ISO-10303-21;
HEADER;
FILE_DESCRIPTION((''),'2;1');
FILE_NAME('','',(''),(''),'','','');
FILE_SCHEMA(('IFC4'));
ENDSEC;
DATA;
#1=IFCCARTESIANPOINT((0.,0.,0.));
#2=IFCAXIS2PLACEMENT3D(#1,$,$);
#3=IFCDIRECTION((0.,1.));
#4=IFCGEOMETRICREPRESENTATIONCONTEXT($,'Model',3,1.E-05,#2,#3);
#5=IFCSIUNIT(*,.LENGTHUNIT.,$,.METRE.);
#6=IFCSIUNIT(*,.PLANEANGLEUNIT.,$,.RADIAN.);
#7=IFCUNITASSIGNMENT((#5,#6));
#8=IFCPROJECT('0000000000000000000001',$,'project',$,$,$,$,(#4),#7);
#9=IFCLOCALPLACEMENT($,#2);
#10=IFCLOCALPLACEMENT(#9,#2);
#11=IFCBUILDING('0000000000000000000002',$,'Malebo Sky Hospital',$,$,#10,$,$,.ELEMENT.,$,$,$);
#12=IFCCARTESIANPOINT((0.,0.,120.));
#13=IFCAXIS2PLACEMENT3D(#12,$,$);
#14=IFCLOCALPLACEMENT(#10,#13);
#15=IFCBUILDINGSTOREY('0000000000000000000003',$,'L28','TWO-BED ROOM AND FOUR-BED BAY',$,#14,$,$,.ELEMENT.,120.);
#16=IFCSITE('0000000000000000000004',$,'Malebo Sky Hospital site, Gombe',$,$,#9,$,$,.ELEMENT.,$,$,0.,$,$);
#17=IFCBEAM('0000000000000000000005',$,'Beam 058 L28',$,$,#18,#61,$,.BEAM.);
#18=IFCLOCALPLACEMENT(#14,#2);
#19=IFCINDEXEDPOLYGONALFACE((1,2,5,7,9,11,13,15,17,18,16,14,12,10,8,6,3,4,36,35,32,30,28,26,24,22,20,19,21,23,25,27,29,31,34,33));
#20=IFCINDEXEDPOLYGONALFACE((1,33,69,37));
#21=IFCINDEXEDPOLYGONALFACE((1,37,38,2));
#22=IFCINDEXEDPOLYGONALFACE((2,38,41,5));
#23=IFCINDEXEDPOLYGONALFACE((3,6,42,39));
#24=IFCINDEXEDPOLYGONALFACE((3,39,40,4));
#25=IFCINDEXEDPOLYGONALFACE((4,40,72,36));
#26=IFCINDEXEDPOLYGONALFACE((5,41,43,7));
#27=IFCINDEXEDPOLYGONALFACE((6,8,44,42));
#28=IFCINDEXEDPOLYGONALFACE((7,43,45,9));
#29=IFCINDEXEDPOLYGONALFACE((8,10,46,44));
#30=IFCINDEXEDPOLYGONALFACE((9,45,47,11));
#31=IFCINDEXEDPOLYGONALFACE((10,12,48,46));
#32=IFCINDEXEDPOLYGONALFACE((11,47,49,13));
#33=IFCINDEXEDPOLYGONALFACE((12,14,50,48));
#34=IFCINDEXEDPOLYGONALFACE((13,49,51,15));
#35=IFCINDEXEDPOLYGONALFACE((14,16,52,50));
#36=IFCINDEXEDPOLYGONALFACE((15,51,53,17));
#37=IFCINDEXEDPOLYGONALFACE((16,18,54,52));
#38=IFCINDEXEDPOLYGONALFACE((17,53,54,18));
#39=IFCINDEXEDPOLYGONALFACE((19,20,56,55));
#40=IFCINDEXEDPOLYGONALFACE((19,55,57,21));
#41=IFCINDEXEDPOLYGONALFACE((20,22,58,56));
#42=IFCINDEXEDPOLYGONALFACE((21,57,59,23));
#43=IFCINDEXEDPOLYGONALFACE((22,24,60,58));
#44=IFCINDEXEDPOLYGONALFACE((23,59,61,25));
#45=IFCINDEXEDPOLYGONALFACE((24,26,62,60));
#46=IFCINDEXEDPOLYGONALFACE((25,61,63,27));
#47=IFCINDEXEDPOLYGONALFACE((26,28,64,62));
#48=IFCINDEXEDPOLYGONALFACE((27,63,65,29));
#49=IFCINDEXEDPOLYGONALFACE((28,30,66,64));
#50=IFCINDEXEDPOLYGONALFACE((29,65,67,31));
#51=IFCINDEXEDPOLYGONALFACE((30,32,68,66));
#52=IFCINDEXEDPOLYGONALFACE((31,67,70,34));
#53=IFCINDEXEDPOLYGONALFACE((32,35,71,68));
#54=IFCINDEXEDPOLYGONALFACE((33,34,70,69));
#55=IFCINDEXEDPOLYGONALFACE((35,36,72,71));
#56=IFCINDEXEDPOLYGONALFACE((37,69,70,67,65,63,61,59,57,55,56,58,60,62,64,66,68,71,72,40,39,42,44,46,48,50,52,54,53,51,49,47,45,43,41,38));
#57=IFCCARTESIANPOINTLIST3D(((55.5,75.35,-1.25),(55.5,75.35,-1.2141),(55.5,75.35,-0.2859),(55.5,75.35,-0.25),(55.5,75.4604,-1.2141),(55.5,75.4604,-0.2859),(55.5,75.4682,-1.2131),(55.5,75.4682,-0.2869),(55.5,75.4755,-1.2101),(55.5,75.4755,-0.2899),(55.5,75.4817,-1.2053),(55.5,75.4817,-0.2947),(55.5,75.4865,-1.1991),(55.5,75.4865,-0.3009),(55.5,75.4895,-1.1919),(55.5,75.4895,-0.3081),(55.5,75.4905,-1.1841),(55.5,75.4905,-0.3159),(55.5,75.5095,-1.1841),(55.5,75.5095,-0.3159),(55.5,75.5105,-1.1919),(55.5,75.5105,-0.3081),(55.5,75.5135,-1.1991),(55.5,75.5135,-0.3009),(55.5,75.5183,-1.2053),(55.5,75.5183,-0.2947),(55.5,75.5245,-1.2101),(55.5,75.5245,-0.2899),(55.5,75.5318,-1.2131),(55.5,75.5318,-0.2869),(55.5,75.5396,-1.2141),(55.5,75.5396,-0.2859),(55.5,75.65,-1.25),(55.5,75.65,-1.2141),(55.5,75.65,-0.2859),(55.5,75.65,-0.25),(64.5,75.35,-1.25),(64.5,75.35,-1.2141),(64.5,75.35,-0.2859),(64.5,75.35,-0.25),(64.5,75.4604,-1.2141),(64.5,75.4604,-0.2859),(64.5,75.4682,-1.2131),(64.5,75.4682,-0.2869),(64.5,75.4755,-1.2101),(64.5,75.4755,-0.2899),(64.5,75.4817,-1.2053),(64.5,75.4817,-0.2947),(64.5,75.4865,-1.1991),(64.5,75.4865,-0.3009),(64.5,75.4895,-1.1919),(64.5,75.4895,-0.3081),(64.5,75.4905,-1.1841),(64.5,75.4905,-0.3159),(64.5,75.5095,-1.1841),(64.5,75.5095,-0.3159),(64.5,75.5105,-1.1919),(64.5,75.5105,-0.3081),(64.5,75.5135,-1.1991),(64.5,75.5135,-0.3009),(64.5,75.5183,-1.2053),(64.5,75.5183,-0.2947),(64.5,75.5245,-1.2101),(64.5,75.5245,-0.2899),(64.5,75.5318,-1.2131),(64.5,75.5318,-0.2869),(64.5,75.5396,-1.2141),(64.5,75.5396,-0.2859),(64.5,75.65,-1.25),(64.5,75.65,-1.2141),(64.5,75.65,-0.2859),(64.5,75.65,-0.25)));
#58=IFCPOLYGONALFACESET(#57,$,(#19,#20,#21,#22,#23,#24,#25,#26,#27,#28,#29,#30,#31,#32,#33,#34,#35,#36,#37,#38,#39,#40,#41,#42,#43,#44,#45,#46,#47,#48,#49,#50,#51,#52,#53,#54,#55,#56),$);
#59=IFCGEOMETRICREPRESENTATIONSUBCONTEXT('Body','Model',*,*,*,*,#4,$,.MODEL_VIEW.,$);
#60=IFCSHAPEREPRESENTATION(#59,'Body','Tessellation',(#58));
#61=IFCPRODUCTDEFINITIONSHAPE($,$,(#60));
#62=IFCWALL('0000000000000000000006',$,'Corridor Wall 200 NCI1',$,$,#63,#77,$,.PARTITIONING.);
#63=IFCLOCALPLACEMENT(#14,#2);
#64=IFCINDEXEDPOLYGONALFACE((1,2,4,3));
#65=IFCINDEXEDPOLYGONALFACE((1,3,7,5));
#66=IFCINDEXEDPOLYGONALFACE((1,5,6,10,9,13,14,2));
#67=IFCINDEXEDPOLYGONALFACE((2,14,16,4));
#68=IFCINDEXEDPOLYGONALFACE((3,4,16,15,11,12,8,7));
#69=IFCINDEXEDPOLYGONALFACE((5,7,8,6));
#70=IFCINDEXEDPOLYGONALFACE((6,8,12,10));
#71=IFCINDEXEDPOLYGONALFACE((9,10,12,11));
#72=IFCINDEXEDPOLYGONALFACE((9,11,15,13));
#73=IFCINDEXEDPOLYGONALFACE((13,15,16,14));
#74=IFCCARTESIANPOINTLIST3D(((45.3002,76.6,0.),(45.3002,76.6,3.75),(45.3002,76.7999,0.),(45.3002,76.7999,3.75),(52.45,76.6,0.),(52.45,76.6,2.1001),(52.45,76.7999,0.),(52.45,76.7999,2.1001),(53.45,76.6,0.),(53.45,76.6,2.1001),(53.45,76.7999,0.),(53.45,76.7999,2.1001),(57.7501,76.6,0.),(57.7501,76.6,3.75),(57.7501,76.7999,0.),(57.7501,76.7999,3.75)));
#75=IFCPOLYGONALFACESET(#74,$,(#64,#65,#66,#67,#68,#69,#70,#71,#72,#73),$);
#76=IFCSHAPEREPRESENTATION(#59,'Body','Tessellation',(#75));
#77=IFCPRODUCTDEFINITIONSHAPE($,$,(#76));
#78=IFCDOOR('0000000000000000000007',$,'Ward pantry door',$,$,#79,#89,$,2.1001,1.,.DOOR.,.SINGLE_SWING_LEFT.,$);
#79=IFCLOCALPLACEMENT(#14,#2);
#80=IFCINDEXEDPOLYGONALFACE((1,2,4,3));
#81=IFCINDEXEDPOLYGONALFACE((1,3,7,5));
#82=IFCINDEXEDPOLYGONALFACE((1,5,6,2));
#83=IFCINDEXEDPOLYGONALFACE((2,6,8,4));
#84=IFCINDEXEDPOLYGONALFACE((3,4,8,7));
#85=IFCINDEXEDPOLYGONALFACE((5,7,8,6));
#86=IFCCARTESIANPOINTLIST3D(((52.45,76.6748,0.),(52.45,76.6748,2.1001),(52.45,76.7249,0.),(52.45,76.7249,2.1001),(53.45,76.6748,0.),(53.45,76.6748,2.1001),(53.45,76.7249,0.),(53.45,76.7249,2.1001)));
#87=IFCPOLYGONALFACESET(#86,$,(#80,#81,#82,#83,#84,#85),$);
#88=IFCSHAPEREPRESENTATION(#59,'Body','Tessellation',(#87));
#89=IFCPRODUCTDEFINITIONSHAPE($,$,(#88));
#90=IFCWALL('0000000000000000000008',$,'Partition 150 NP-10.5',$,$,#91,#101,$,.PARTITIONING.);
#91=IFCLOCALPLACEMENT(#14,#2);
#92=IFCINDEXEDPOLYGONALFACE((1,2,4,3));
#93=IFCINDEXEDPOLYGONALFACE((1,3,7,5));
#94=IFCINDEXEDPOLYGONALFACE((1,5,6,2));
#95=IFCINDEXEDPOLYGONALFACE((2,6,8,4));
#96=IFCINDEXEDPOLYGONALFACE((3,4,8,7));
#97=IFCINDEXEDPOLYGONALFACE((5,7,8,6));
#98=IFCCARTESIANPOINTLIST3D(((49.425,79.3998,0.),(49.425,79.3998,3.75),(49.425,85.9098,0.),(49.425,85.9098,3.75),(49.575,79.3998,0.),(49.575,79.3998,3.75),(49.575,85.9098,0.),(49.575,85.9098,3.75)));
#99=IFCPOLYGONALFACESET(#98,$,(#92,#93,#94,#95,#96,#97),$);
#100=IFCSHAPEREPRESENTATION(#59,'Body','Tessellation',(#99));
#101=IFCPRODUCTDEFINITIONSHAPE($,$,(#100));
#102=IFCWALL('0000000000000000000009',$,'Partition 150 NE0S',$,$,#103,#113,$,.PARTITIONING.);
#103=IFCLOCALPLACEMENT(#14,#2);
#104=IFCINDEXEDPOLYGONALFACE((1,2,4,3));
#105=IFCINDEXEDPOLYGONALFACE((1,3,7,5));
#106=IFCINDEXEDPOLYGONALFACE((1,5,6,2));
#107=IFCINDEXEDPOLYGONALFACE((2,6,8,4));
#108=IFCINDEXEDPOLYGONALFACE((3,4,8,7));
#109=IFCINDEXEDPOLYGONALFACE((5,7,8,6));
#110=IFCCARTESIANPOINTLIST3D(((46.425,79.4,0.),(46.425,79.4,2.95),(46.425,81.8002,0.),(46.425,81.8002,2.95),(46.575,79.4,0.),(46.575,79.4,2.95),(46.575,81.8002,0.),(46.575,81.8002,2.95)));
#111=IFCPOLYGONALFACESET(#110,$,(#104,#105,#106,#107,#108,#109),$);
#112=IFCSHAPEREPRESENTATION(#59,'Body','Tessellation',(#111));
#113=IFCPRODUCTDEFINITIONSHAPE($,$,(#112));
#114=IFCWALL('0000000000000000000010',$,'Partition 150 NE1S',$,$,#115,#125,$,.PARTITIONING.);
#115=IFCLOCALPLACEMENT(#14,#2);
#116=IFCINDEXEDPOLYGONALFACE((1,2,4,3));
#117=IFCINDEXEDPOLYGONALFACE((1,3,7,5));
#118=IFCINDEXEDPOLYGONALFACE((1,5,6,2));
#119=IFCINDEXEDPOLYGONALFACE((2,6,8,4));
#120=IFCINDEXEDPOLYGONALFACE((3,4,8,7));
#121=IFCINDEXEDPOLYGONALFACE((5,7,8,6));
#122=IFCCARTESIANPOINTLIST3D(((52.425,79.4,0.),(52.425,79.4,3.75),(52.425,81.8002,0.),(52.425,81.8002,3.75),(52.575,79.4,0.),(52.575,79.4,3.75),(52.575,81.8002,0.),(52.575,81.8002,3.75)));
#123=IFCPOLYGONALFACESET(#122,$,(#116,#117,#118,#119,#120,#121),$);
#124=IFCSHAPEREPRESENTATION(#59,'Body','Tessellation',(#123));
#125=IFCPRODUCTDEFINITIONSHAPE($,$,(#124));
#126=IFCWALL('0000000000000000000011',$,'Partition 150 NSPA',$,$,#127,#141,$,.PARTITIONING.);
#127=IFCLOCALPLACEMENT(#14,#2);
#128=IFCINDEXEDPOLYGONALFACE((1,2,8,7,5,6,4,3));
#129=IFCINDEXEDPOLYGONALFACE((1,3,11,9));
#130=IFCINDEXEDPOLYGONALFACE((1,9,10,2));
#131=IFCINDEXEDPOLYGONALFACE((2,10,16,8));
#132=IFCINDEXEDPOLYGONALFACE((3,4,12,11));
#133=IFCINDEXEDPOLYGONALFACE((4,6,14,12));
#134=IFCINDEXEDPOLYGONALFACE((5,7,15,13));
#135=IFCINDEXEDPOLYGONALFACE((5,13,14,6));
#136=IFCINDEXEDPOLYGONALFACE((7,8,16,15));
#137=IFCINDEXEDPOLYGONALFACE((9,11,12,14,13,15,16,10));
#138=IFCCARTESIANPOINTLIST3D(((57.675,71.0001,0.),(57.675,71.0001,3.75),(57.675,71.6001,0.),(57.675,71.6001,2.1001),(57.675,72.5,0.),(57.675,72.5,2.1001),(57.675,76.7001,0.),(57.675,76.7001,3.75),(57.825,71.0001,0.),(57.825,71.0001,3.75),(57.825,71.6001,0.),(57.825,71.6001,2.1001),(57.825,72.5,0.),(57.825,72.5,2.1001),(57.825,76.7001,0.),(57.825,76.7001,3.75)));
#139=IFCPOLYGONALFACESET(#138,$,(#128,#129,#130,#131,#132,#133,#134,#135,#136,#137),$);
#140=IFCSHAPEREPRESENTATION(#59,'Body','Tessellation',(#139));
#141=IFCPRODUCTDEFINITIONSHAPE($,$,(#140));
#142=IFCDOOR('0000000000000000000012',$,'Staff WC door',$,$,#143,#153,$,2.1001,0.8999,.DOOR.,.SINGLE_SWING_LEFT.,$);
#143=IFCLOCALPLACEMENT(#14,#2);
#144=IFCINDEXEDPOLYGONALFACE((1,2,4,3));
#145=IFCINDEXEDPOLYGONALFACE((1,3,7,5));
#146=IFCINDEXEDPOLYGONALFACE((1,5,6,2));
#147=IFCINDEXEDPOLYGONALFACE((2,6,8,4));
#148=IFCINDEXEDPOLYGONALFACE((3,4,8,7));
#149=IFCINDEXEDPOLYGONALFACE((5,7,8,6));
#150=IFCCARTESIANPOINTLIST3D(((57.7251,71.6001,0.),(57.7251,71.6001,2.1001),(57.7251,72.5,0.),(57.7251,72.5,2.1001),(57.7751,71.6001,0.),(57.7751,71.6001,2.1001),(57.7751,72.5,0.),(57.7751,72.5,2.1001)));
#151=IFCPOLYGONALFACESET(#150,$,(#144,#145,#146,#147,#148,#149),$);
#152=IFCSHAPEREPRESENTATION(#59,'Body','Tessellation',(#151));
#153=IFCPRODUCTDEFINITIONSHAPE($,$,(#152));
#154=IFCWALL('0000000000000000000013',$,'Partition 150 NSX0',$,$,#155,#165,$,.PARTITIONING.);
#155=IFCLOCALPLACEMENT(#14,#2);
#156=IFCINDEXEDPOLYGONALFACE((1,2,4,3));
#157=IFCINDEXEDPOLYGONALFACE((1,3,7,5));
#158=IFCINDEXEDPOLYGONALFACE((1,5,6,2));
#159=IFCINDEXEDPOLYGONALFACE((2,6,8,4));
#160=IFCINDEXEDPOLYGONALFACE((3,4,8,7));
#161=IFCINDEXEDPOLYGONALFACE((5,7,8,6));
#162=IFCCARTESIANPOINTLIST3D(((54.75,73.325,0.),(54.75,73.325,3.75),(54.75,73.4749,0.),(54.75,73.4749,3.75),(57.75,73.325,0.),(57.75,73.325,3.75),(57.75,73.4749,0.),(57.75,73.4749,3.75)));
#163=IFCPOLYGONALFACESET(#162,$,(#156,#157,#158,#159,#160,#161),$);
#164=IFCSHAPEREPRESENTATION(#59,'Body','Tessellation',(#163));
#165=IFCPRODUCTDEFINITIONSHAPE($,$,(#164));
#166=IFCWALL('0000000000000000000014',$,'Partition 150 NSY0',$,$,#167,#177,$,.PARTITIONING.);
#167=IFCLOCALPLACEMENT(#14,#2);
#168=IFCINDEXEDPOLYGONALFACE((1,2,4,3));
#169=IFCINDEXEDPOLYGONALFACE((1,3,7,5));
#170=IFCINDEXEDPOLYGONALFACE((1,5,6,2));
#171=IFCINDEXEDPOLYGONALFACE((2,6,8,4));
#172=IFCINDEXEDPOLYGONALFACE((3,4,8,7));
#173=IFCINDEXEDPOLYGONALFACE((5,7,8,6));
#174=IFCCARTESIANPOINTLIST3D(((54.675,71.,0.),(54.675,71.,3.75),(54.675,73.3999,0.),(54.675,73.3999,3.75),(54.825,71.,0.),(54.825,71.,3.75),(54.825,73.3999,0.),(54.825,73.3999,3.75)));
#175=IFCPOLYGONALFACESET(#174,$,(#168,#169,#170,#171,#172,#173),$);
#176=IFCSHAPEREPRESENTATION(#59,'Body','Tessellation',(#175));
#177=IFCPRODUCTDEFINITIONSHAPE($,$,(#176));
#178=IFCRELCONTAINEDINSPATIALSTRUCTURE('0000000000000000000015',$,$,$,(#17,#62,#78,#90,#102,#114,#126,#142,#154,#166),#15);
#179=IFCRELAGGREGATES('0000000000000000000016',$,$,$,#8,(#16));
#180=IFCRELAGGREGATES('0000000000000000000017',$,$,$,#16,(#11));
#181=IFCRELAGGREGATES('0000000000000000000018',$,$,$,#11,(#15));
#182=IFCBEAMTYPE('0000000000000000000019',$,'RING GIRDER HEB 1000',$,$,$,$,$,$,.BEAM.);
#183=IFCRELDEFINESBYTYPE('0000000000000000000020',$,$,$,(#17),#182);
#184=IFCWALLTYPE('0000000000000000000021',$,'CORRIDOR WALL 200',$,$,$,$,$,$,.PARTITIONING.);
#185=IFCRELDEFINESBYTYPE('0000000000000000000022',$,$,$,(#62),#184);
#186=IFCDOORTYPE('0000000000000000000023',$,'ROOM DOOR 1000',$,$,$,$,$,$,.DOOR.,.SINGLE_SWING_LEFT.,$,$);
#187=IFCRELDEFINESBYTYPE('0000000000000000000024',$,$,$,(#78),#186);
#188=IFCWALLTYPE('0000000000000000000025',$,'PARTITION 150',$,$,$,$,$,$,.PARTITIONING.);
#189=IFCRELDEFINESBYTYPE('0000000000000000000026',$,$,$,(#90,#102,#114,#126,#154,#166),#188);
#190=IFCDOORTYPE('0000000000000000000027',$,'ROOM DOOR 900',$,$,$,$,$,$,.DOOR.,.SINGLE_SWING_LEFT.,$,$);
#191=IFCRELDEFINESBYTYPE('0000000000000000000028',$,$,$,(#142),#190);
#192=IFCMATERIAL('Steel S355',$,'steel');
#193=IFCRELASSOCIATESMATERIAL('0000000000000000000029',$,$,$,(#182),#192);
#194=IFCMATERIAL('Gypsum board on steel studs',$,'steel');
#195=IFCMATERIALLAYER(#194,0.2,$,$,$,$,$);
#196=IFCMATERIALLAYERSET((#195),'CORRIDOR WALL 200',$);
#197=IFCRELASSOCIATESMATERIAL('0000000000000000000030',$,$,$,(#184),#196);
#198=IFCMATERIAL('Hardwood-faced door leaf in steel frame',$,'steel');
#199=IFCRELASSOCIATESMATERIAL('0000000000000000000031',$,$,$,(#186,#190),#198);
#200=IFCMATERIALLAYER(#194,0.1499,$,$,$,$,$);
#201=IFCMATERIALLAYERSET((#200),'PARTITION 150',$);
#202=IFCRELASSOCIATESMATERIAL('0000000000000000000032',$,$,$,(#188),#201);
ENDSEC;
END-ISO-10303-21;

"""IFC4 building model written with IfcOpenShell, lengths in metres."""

from ifc_helpers import new_model, si_unit, direction, frame, frame_2d, origin, origin_2d, place, context, subcontext, project, spatial, rectangle, i_section, extrude, material, layer, layer_set, material_profile, profile_set, type_object, element, fill, save


model = new_model("IFC4")

# Units and contexts
model_context = context("Model", 3, precision=1e-05, world=origin(), true_north=direction((0.0, 1.0)))
body_context = subcontext(model_context, "Body", "Model", "MODEL_VIEW")
ifc_project = project(units=[si_unit("LENGTHUNIT", "METRE"), si_unit("PLANEANGLEUNIT", "RADIAN")], contexts=[model_context])

# Site, building, storey
site_placement = place(None, origin())
site = spatial("IfcSite", under=ifc_project, at=site_placement, Name="Malebo Sky Hospital site, Gombe", CompositionType="ELEMENT", RefElevation=0.0)
building_placement = place(site_placement, origin())
building = spatial("IfcBuilding", under=site, at=building_placement, Name="Malebo Sky Hospital", CompositionType="ELEMENT")
storey_placement = place(building_placement, frame((0.0, 0.0, 120.0)))
storey = spatial("IfcBuildingStorey", under=building, at=storey_placement, Name="L28", Description="TWO-BED ROOM AND FOUR-BED BAY", CompositionType="ELEMENT", Elevation=120.0)

# Beam
ifc_material_1 = material(Name="Steel S355", Category="steel")
ifc_material_profile_1 = material_profile(ifc_material_1, i_section(OverallWidth=0.3, OverallDepth=1.0, WebThickness=0.019, FlangeThickness=0.0359, FilletRadius=0.03, at=origin_2d()), Name="HEB 1000")
ifc_profile_set_1 = profile_set([ifc_material_profile_1], Name="Steel S355")
beam_type_1 = type_object("IfcBeamType", Name="RING GIRDER HEB 1000", PredefinedType="BEAM", material=ifc_profile_set_1)
beam_1_placement = place(storey_placement, frame((55.5, 75.5, -0.75), z_axis=(1.0, 0.0, 0.0), x_axis=(0.0, 1.0, 0.0)))
element("IfcBeam", 1, at=beam_1_placement, inside=storey, type_object=beam_type_1, Name="Beam 058 L28", PredefinedType="BEAM", context=body_context, shape_type="SweptSolid", body=[
    extrude(i_section(OverallWidth=0.3, OverallDepth=1.0, WebThickness=0.019, FlangeThickness=0.0359, FilletRadius=0.03, at=origin_2d()), origin(), (0.0, 0.0, 1.0), 9.0),
])

# Wall, opening, door
ifc_material_2 = material(Name="Gypsum board on steel studs", Category="steel")
ifc_layer_1 = layer(ifc_material_2, 0.2)
ifc_layer_set_1 = layer_set([ifc_layer_1], Name="CORRIDOR WALL 200")
wall_type_1 = type_object("IfcWallType", Name="CORRIDOR WALL 200", PredefinedType="PARTITIONING", material=ifc_layer_set_1)
wall_1_placement = place(storey_placement, frame((45.3, 76.7, 0.0), z_axis=(0.0, 0.0, 1.0), x_axis=(1.0, 0.0, 0.0)))
wall_1 = element("IfcWall", 2, at=wall_1_placement, inside=storey, type_object=wall_type_1, Name="Corridor Wall 200 NCI1", PredefinedType="PARTITIONING", context=body_context, shape_type="SweptSolid", body=[
    extrude(rectangle(XDim=12.45, YDim=0.2, at=frame_2d((6.2251, 0.0))), origin(), (0.0, 0.0, 1.0), 3.75),
])
opening_1_placement = place(wall_1_placement, frame((7.1499, 0.0, 0.0)))
opening_1 = element("IfcOpeningElement", 3, at=opening_1_placement, cuts=wall_1, PredefinedType="OPENING", context=body_context, shape_type="SweptSolid", body=[
    extrude(rectangle(XDim=1.0, YDim=2.1001, at=frame_2d((0.5, 1.05))), frame((0.0, 0.1099, 0.0), z_axis=(0.0, -1.0, 0.0), x_axis=(1.0, 0.0, 0.0)), (0.0, 0.0, 1.0), 0.22),
])
ifc_material_3 = material(Name="Hardwood-faced door leaf in steel frame", Category="steel")
door_type_1 = type_object("IfcDoorType", Name="ROOM DOOR 1000", OperationType="SINGLE_SWING_LEFT", PredefinedType="DOOR", material=ifc_material_3)
door_1_placement = place(opening_1_placement, origin())
door_1 = element("IfcDoor", 4, at=door_1_placement, inside=storey, type_object=door_type_1, Name="Ward pantry door", OperationType="SINGLE_SWING_LEFT", OverallHeight=2.1001, OverallWidth=1.0, PredefinedType="DOOR", context=body_context, shape_type="SweptSolid", body=[
    extrude(rectangle(XDim=1.0, YDim=2.1001, at=frame_2d((0.5, 1.05))), frame((0.0, 0.0249, 0.0), z_axis=(0.0, -1.0, 0.0), x_axis=(1.0, 0.0, 0.0)), (0.0, 0.0, 1.0), 0.05),
])
fill(opening_1, door_1)

# Walls
ifc_layer_2 = layer(ifc_material_2, 0.1499)
ifc_layer_set_2 = layer_set([ifc_layer_2], Name="PARTITION 150")
wall_type_2 = type_object("IfcWallType", Name="PARTITION 150", PredefinedType="PARTITIONING", material=ifc_layer_set_2)
wall_2_placement = place(storey_placement, frame((49.5, 79.3999, 0.0), z_axis=(0.0, 0.0, 1.0), x_axis=(0.0, 1.0, 0.0)))
element("IfcWall", 5, at=wall_2_placement, inside=storey, type_object=wall_type_2, Name="Partition 150 NP-10.5", PredefinedType="PARTITIONING", context=body_context, shape_type="SweptSolid", body=[
    extrude(rectangle(XDim=6.51, YDim=0.1499, at=frame_2d((3.2549, 0.0))), origin(), (0.0, 0.0, 1.0), 3.75),
])
wall_3_placement = place(storey_placement, frame((46.5, 79.3999, 0.0), z_axis=(0.0, 0.0, 1.0), x_axis=(0.0, 1.0, 0.0)))
element("IfcWall", 6, at=wall_3_placement, inside=storey, type_object=wall_type_2, Name="Partition 150 NE0S", PredefinedType="PARTITIONING", context=body_context, shape_type="SweptSolid", body=[
    extrude(rectangle(XDim=2.4001, YDim=0.1499, at=frame_2d((1.2002, 0.0))), origin(), (0.0, 0.0, 1.0), 2.95),
])
wall_4_placement = place(storey_placement, frame((52.5, 79.3999, 0.0), z_axis=(0.0, 0.0, 1.0), x_axis=(0.0, 1.0, 0.0)))
element("IfcWall", 7, at=wall_4_placement, inside=storey, type_object=wall_type_2, Name="Partition 150 NE1S", PredefinedType="PARTITIONING", context=body_context, shape_type="SweptSolid", body=[
    extrude(rectangle(XDim=2.4001, YDim=0.1499, at=frame_2d((1.2002, 0.0))), origin(), (0.0, 0.0, 1.0), 3.75),
])

# Wall, opening, door
wall_5_placement = place(storey_placement, frame((57.75, 71.0, 0.0), z_axis=(0.0, 0.0, 1.0), x_axis=(0.0, 1.0, 0.0)))
wall_5 = element("IfcWall", 8, at=wall_5_placement, inside=storey, type_object=wall_type_2, Name="Partition 150 NSPA", PredefinedType="PARTITIONING", context=body_context, shape_type="SweptSolid", body=[
    extrude(rectangle(XDim=5.7, YDim=0.1499, at=frame_2d((2.8501, 0.0))), origin(), (0.0, 0.0, 1.0), 3.75),
])
opening_2_placement = place(wall_5_placement, frame((0.6001, 0.0, 0.0)))
opening_2 = element("IfcOpeningElement", 9, at=opening_2_placement, cuts=wall_5, PredefinedType="OPENING", context=body_context, shape_type="SweptSolid", body=[
    extrude(rectangle(XDim=0.8999, YDim=2.1001, at=frame_2d((0.45, 1.05))), frame((0.0, 0.085, 0.0), z_axis=(0.0, -1.0, 0.0), x_axis=(1.0, 0.0, 0.0)), (0.0, 0.0, 1.0), 0.1699),
])
door_type_2 = type_object("IfcDoorType", Name="ROOM DOOR 900", OperationType="SINGLE_SWING_LEFT", PredefinedType="DOOR", material=ifc_material_3)
door_2_placement = place(opening_2_placement, origin())
door_2 = element("IfcDoor", 10, at=door_2_placement, inside=storey, type_object=door_type_2, Name="Staff WC door", OperationType="SINGLE_SWING_LEFT", OverallHeight=2.1001, OverallWidth=0.8999, PredefinedType="DOOR", context=body_context, shape_type="SweptSolid", body=[
    extrude(rectangle(XDim=0.8999, YDim=2.1001, at=frame_2d((0.45, 1.05))), frame((0.0, 0.0249, 0.0), z_axis=(0.0, -1.0, 0.0), x_axis=(1.0, 0.0, 0.0)), (0.0, 0.0, 1.0), 0.05),
])
fill(opening_2, door_2)

# Walls
wall_6_placement = place(storey_placement, frame((54.75, 73.3999, 0.0), z_axis=(0.0, 0.0, 1.0), x_axis=(1.0, 0.0, 0.0)))
element("IfcWall", 11, at=wall_6_placement, inside=storey, type_object=wall_type_2, Name="Partition 150 NSX0", PredefinedType="PARTITIONING", context=body_context, shape_type="SweptSolid", body=[
    extrude(rectangle(XDim=3.0, YDim=0.1499, at=frame_2d((1.5, 0.0))), origin(), (0.0, 0.0, 1.0), 3.75),
])
wall_7_placement = place(storey_placement, frame((54.75, 71.0, 0.0), z_axis=(0.0, 0.0, 1.0), x_axis=(0.0, 1.0, 0.0)))
element("IfcWall", 12, at=wall_7_placement, inside=storey, type_object=wall_type_2, Name="Partition 150 NSY0", PredefinedType="PARTITIONING", context=body_context, shape_type="SweptSolid", body=[
    extrude(rectangle(XDim=2.3999, YDim=0.1499, at=frame_2d((1.2, 0.0))), origin(), (0.0, 0.0, 1.0), 3.75),
])

save(model, "model.ifc")
